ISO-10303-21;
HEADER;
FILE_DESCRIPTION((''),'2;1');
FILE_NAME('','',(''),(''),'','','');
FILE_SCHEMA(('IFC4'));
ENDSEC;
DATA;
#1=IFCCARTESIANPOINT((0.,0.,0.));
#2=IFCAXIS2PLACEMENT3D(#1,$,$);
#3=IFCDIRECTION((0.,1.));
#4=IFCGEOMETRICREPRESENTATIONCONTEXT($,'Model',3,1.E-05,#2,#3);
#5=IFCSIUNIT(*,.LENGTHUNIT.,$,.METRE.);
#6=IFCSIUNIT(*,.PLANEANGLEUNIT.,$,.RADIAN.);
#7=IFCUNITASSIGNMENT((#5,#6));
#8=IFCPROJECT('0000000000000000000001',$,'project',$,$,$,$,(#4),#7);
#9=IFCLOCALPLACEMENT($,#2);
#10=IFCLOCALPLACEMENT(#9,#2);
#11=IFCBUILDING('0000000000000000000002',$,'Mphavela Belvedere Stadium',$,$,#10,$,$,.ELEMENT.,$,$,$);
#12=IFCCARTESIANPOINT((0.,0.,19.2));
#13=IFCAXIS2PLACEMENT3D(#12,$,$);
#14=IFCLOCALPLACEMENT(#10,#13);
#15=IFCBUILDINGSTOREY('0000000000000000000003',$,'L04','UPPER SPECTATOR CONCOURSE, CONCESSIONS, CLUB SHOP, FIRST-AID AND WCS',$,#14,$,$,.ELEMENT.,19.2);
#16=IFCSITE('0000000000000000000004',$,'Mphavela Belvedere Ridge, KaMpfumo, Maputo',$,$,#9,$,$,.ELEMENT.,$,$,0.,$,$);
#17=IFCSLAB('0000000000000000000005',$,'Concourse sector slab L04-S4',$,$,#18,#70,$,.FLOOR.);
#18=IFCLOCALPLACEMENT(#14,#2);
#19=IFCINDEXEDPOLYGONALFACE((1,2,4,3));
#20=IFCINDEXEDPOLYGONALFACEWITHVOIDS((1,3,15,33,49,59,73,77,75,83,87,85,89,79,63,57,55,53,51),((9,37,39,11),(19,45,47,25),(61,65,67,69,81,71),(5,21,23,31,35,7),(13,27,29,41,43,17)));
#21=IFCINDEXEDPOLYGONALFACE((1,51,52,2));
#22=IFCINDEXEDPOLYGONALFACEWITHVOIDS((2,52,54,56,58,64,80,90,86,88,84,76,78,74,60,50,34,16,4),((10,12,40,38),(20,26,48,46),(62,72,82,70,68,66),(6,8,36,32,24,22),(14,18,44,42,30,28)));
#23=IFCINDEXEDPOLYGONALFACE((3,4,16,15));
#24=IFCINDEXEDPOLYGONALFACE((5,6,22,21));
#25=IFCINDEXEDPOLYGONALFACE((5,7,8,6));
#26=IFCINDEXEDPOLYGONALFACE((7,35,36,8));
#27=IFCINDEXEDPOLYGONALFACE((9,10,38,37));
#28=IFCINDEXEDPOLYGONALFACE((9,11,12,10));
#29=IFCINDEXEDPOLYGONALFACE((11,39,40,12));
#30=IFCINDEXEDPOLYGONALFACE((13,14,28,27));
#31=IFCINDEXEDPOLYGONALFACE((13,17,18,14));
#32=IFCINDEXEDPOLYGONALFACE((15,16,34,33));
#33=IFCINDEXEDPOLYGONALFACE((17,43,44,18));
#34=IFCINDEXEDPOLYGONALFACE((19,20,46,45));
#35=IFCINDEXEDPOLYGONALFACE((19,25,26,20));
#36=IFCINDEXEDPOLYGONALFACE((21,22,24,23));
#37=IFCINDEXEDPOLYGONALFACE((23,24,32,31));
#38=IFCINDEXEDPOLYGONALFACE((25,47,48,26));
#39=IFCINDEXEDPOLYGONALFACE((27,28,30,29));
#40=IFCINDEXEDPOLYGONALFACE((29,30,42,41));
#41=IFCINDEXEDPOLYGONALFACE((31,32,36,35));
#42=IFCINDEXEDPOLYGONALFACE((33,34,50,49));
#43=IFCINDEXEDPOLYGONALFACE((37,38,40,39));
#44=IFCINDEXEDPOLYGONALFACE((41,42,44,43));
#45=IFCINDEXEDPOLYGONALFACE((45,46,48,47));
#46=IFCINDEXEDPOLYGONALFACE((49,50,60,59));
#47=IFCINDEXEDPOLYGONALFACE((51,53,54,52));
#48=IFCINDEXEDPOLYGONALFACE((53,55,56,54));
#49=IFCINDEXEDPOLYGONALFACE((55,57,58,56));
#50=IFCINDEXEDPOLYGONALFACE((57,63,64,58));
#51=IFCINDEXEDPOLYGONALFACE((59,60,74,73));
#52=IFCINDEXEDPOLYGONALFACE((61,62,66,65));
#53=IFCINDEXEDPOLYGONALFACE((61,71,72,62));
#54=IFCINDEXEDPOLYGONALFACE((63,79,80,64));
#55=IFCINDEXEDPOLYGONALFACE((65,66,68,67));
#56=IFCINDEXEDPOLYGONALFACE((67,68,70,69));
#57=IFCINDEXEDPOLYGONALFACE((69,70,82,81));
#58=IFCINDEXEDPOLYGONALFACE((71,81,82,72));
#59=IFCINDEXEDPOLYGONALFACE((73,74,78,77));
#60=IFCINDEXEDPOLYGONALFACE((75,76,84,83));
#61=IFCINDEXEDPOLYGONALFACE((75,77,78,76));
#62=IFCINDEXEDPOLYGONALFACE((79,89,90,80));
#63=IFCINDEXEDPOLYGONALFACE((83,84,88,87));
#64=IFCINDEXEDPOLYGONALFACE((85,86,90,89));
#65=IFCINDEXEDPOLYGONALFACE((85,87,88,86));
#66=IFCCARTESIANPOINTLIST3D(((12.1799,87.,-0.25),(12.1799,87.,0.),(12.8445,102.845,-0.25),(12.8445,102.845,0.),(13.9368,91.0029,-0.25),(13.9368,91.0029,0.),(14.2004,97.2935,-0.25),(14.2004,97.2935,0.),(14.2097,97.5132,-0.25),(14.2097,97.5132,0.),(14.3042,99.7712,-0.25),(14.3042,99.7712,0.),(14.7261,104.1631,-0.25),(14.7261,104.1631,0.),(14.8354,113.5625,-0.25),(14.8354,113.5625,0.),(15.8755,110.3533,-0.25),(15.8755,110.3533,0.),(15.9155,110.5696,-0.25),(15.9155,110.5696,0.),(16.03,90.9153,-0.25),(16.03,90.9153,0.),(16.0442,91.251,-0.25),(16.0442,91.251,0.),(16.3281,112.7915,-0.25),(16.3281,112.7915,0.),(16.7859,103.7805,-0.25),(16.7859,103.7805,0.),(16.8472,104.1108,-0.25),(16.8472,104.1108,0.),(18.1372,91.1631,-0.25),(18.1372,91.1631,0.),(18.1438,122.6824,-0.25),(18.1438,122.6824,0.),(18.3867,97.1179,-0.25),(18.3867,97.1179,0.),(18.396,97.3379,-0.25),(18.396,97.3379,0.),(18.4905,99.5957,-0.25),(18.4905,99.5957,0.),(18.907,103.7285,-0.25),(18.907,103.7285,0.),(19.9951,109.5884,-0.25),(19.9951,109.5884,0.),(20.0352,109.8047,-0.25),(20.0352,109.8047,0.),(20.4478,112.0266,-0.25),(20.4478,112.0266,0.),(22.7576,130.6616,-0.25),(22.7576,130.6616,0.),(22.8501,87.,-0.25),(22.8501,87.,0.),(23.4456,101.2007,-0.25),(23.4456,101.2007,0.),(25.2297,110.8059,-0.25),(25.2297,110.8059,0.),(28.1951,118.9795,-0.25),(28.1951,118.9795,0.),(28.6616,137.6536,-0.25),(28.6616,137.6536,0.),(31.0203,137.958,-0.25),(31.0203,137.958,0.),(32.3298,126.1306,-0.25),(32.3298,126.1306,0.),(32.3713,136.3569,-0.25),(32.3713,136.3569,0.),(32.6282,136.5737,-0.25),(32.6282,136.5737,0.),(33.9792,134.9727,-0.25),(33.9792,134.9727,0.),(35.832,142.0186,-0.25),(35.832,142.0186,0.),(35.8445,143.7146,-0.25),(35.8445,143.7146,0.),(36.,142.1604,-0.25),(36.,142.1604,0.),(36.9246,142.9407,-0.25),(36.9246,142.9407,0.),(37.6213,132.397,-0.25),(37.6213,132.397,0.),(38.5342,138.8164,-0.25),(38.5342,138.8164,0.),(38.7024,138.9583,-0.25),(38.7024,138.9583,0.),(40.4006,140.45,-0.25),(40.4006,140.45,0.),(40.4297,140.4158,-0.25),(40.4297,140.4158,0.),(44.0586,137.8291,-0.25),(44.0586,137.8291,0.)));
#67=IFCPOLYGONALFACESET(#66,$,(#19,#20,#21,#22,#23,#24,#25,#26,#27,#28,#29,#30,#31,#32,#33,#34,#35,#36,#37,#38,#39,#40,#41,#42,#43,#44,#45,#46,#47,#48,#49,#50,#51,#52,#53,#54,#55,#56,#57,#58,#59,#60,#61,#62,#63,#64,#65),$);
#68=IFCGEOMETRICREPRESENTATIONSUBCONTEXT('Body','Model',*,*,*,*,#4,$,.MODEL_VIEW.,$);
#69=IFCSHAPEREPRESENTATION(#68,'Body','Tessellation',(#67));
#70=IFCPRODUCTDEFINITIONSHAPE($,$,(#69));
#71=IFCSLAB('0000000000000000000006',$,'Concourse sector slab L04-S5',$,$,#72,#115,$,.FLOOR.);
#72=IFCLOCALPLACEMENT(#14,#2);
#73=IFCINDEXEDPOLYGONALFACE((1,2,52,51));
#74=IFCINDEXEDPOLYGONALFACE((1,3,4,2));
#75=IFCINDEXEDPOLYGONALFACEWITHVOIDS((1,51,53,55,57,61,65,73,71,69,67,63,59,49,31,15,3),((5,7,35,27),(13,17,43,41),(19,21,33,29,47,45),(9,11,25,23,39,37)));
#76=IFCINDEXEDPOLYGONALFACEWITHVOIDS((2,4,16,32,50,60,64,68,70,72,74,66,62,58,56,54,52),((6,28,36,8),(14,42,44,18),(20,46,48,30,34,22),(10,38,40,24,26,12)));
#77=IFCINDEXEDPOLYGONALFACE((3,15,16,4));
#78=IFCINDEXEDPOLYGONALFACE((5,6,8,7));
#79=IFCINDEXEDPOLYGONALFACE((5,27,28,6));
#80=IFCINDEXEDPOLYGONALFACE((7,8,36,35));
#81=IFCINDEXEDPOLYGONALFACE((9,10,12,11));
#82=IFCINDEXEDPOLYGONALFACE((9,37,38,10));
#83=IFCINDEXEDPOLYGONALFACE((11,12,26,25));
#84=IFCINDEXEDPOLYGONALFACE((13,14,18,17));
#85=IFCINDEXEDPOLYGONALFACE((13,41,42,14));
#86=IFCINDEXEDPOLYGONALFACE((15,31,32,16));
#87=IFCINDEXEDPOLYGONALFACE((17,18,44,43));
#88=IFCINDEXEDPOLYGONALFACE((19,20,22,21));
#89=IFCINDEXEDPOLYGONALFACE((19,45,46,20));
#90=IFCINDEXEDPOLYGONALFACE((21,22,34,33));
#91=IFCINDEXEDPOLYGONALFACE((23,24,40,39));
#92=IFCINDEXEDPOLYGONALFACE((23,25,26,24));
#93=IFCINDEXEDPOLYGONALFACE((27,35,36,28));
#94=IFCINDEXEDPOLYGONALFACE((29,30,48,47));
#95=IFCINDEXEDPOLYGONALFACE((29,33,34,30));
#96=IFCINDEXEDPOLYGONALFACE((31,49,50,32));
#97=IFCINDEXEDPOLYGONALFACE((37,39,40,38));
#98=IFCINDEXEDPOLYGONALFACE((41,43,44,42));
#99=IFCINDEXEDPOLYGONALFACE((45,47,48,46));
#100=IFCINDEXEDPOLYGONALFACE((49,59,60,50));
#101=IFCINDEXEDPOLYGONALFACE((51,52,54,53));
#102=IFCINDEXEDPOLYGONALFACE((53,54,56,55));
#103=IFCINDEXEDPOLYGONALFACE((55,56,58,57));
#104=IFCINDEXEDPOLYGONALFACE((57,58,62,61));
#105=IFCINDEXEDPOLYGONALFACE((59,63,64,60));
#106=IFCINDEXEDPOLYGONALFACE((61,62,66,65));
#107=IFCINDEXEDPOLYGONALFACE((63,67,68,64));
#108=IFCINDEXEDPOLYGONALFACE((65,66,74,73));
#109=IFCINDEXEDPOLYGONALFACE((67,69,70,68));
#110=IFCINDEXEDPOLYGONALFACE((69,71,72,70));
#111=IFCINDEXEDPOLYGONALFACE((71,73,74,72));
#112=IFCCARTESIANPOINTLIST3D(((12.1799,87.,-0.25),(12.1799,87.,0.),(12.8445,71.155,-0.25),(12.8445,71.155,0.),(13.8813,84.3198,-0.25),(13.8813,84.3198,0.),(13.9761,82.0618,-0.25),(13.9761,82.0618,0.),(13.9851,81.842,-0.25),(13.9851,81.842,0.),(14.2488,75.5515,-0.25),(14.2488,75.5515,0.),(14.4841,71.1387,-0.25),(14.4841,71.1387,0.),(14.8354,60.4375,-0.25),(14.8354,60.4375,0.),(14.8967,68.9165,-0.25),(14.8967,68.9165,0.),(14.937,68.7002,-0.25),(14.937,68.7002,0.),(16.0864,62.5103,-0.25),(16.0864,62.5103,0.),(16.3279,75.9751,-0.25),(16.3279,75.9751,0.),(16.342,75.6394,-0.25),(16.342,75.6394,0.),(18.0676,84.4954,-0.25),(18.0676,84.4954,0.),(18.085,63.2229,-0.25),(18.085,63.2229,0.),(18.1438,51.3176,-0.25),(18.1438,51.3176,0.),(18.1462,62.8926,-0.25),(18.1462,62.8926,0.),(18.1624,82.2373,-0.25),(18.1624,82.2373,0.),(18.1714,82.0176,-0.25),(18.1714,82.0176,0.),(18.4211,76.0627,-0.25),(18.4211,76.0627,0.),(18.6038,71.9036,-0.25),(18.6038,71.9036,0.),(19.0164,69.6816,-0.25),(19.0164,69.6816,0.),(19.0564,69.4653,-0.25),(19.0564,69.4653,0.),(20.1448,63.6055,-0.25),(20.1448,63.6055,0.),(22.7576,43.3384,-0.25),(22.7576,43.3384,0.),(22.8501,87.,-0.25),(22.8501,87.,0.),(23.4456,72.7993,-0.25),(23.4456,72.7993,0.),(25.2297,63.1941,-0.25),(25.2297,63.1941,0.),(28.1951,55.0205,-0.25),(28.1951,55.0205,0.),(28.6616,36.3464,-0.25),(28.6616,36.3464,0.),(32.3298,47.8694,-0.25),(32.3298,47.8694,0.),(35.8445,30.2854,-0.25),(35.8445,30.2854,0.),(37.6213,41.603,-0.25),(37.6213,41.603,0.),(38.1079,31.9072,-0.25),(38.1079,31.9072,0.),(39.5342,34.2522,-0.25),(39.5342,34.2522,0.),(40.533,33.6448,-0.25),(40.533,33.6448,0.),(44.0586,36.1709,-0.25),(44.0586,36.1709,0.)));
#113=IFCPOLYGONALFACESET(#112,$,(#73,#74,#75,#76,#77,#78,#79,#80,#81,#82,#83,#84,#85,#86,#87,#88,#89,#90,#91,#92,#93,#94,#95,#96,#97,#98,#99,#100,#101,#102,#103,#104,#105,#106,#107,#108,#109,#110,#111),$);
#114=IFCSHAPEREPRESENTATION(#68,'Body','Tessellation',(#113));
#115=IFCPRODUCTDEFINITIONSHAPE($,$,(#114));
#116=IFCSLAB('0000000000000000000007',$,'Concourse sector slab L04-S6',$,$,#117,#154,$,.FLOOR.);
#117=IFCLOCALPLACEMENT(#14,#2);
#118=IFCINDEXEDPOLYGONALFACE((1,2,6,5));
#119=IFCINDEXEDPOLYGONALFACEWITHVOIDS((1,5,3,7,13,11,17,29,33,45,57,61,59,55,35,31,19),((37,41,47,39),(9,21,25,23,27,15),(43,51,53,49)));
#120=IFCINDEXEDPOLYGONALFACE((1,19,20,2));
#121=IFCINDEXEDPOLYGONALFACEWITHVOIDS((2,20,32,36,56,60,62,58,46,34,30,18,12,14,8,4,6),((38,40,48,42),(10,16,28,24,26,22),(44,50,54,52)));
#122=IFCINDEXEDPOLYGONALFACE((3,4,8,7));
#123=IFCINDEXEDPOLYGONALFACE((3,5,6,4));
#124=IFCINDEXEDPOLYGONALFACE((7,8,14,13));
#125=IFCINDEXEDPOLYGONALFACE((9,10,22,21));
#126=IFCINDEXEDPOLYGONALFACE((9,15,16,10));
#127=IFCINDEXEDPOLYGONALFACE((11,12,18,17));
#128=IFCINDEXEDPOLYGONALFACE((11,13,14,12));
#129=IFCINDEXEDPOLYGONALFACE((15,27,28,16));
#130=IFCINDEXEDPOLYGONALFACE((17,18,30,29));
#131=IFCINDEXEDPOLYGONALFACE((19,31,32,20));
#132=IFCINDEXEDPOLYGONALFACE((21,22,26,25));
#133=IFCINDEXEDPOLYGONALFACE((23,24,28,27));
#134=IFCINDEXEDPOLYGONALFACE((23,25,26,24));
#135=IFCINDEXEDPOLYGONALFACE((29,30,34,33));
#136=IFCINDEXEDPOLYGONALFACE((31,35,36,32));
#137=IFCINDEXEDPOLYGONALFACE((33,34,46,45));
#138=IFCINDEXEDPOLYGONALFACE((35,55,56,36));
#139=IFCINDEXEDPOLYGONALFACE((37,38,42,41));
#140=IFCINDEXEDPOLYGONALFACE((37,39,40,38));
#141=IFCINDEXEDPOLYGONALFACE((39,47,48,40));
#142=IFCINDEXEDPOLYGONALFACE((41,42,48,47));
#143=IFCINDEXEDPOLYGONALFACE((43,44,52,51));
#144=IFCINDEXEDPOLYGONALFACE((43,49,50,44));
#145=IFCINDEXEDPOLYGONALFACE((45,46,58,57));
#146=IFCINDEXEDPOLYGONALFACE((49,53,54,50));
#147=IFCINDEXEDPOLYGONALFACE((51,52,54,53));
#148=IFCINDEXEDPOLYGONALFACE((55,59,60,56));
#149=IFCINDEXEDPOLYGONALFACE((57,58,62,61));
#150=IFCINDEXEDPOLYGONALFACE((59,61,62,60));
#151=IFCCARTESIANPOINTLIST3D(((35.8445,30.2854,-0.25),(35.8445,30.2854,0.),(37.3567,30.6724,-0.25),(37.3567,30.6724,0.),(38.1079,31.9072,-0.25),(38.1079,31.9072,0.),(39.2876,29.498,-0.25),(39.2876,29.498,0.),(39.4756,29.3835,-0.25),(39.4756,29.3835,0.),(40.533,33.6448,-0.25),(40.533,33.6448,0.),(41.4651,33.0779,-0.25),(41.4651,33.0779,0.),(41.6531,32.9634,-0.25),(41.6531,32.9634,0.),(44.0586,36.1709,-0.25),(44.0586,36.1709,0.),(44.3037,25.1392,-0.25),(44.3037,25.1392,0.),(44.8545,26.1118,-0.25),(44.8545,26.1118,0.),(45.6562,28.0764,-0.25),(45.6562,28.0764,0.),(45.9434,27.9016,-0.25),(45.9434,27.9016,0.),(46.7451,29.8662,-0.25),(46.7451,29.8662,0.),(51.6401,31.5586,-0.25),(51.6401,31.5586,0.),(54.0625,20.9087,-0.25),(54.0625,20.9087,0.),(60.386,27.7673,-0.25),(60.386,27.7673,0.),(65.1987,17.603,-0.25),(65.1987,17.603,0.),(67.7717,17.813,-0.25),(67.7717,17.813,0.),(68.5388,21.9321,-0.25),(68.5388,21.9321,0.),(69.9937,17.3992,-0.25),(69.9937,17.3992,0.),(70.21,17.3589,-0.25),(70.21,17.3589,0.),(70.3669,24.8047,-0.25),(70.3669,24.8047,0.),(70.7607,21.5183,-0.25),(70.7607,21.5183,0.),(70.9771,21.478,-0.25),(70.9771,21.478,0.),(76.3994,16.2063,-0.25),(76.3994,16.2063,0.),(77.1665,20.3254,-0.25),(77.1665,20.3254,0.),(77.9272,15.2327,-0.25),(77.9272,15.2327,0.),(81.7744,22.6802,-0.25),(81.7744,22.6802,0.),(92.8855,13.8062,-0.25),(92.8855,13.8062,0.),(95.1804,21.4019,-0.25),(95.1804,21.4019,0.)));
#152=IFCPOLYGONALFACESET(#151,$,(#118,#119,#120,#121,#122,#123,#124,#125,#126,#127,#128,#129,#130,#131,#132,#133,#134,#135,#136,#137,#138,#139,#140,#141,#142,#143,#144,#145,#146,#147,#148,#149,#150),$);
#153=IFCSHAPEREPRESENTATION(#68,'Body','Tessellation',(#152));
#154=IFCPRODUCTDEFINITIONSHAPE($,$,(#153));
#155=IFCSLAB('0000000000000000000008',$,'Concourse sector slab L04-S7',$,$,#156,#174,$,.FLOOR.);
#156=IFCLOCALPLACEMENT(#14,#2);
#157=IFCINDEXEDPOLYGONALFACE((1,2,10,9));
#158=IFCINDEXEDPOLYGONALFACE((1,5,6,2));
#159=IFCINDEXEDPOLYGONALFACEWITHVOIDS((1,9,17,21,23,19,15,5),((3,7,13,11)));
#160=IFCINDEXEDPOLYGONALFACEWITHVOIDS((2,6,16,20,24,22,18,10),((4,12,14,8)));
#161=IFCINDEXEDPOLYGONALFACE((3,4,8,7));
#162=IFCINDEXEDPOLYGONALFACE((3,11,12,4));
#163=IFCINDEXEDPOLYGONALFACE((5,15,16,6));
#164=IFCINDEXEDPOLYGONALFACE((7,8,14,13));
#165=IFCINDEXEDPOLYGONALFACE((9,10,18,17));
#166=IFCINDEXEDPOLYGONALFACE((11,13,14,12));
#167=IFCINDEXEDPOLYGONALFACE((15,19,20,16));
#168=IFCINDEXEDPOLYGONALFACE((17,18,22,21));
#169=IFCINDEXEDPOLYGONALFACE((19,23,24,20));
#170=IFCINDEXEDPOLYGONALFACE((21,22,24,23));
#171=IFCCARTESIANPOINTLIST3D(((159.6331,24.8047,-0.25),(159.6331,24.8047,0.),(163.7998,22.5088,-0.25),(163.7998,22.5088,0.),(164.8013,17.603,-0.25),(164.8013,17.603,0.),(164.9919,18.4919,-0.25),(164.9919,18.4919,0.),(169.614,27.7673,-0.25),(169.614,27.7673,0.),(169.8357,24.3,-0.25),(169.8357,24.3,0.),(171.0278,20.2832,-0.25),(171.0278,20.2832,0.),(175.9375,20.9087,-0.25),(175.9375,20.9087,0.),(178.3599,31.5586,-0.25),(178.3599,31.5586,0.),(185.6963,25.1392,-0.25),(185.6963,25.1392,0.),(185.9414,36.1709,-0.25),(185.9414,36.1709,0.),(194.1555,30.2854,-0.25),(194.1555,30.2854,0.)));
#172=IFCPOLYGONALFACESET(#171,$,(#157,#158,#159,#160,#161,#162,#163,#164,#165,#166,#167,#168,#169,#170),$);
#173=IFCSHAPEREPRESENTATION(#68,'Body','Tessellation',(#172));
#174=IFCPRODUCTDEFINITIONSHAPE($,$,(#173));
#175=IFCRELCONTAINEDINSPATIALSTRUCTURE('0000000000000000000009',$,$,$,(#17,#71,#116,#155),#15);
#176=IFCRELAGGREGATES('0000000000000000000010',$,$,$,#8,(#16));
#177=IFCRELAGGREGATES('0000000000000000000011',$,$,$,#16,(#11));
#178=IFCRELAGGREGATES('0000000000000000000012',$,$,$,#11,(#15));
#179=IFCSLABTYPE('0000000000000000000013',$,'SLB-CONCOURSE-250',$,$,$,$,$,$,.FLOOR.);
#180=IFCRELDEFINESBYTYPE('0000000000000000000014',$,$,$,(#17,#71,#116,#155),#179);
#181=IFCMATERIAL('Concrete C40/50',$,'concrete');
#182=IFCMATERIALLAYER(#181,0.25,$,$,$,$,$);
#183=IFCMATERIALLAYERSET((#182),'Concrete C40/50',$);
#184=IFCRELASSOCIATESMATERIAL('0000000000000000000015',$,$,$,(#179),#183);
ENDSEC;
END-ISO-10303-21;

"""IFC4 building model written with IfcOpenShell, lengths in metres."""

from ifc_helpers import new_model, si_unit, direction, frame, origin, place, context, subcontext, project, spatial, polyline, outline, extrude, material, layer, layer_set, type_object, element, save


model = new_model("IFC4")

# Units and contexts
model_context = context("Model", 3, precision=1e-05, world=origin(), true_north=direction((0.0, 1.0)))
body_context = subcontext(model_context, "Body", "Model", "MODEL_VIEW")
ifc_project = project(units=[si_unit("LENGTHUNIT", "METRE"), si_unit("PLANEANGLEUNIT", "RADIAN")], contexts=[model_context])

# Site, building, storey
site_placement = place(None, origin())
site = spatial("IfcSite", under=ifc_project, at=site_placement, Name="Mphavela Belvedere Ridge, KaMpfumo, Maputo", CompositionType="ELEMENT", RefElevation=0.0)
building_placement = place(site_placement, origin())
building = spatial("IfcBuilding", under=site, at=building_placement, Name="Mphavela Belvedere Stadium", CompositionType="ELEMENT")
storey_placement = place(building_placement, frame((0.0, 0.0, 19.2)))
storey = spatial("IfcBuildingStorey", under=building, at=storey_placement, Name="L04", Description="UPPER SPECTATOR CONCOURSE, CONCESSIONS, CLUB SHOP, FIRST-AID AND WCS", CompositionType="ELEMENT", Elevation=19.2)

# Slabs
ifc_material_1 = material(Name="Concrete C40/50", Category="concrete")
ifc_layer_1 = layer(ifc_material_1, 0.25)
ifc_layer_set_1 = layer_set([ifc_layer_1], Name="Concrete C40/50")
slab_type_1 = type_object("IfcSlabType", Name="SLB-CONCOURSE-250", PredefinedType="FLOOR", material=ifc_layer_set_1)
slab_1_placement = place(storey_placement, frame((0.0, 0.0, -0.25)))
element("IfcSlab", 1, at=slab_1_placement, inside=storey, type_object=slab_type_1, Name="Concourse sector slab L04-S4", PredefinedType="FLOOR", context=body_context, shape_type="SweptSolid", body=[
    extrude(outline(polyline([(22.7576, 130.6616), (28.6616, 137.6536), (35.8445, 143.7146), (36.9246, 142.9407), (36.0, 142.1604), (38.7024, 138.9583), (40.4297, 140.4158), (40.4006, 140.45), (44.0586, 137.8291), (37.6213, 132.397), (32.3298, 126.1306), (28.1951, 118.9795), (25.2297, 110.8059), (23.4456, 101.2007), (22.8501, 87.0), (12.1799, 87.0), (12.8445, 102.845), (14.8354, 113.5625), (18.1438, 122.6824), (22.7576, 130.6616)]), holes=[polyline([(33.9792, 134.9727), (38.5342, 138.8164), (35.832, 142.0186), (31.0203, 137.958), (32.3713, 136.3569), (32.6282, 136.5737), (33.9792, 134.9727)]), polyline([(16.7859, 103.7805), (16.8472, 104.1108), (18.907, 103.7285), (19.9951, 109.5884), (15.8755, 110.3533), (14.7261, 104.1631), (16.7859, 103.7805)]), polyline([(20.0352, 109.8047), (20.4478, 112.0266), (16.3281, 112.7915), (15.9155, 110.5696), (20.0352, 109.8047)]), polyline([(14.2004, 97.2935), (13.9368, 91.0029), (16.03, 90.9153), (16.0442, 91.251), (18.1372, 91.1631), (18.3867, 97.1179), (14.2004, 97.2935)]), polyline([(14.3042, 99.7712), (14.2097, 97.5132), (18.396, 97.3379), (18.4905, 99.5957), (14.3042, 99.7712)])]), origin(), (0.0, 0.0, 1.0), 0.25),
])
slab_2_placement = place(storey_placement, frame((0.0, 0.0, -0.25)))
element("IfcSlab", 2, at=slab_2_placement, inside=storey, type_object=slab_type_1, Name="Concourse sector slab L04-S5", PredefinedType="FLOOR", context=body_context, shape_type="SweptSolid", body=[
    extrude(outline(polyline([(18.1438, 51.3176), (14.8354, 60.4375), (12.8445, 71.155), (12.1799, 87.0), (22.8501, 87.0), (23.4456, 72.7993), (25.2297, 63.1941), (28.1951, 55.0205), (32.3298, 47.8694), (37.6213, 41.603), (44.0586, 36.1709), (40.533, 33.6448), (39.5342, 34.2522), (38.1079, 31.9072), (35.8445, 30.2854), (28.6616, 36.3464), (22.7576, 43.3384), (18.1438, 51.3176)]), holes=[polyline([(16.3279, 75.9751), (18.4211, 76.0627), (18.1714, 82.0176), (13.9851, 81.842), (14.2488, 75.5515), (16.342, 75.6394), (16.3279, 75.9751)]), polyline([(18.0676, 84.4954), (13.8813, 84.3198), (13.9761, 82.0618), (18.1624, 82.2373), (18.0676, 84.4954)]), polyline([(16.0864, 62.5103), (18.1462, 62.8926), (18.085, 63.2229), (20.1448, 63.6055), (19.0564, 69.4653), (14.937, 68.7002), (16.0864, 62.5103)]), polyline([(14.8967, 68.9165), (19.0164, 69.6816), (18.6038, 71.9036), (14.4841, 71.1387), (14.8967, 68.9165)])]), origin(), (0.0, 0.0, 1.0), 0.25),
])
slab_3_placement = place(storey_placement, frame((0.0, 0.0, -0.25)))
element("IfcSlab", 3, at=slab_3_placement, inside=storey, type_object=slab_type_1, Name="Concourse sector slab L04-S6", PredefinedType="FLOOR", context=body_context, shape_type="SweptSolid", body=[
    extrude(outline(polyline([(65.1987, 17.603), (54.0625, 20.9087), (44.3037, 25.1392), (35.8445, 30.2854), (38.1079, 31.9072), (37.3567, 30.6724), (39.2876, 29.498), (41.4651, 33.0779), (40.533, 33.6448), (44.0586, 36.1709), (51.6401, 31.5586), (60.386, 27.7673), (70.3669, 24.8047), (81.7744, 22.6802), (95.1804, 21.4019), (92.8855, 13.8062), (77.9272, 15.2327), (65.1987, 17.603)]), holes=[polyline([(45.9434, 27.9016), (45.6562, 28.0764), (46.7451, 29.8662), (41.6531, 32.9634), (39.4756, 29.3835), (44.8545, 26.1118), (45.9434, 27.9016)]), polyline([(70.21, 17.3589), (76.3994, 16.2063), (77.1665, 20.3254), (70.9771, 21.478), (70.21, 17.3589)]), polyline([(67.7717, 17.813), (69.9937, 17.3992), (70.7607, 21.5183), (68.5388, 21.9321), (67.7717, 17.813)])]), origin(), (0.0, 0.0, 1.0), 0.25),
])
slab_4_placement = place(storey_placement, frame((0.0, 0.0, -0.25)))
element("IfcSlab", 4, at=slab_4_placement, inside=storey, type_object=slab_type_1, Name="Concourse sector slab L04-S7", PredefinedType="FLOOR", context=body_context, shape_type="SweptSolid", body=[
    extrude(outline(polyline([(185.9414, 36.1709), (194.1555, 30.2854), (185.6963, 25.1392), (175.9375, 20.9087), (164.8013, 17.603), (159.6331, 24.8047), (169.614, 27.7673), (178.3599, 31.5586), (185.9414, 36.1709)]), holes=[polyline([(163.7998, 22.5088), (164.9919, 18.4919), (171.0278, 20.2832), (169.8357, 24.3), (163.7998, 22.5088)])]), origin(), (0.0, 0.0, 1.0), 0.25),
])

save(model, "model.ifc")
